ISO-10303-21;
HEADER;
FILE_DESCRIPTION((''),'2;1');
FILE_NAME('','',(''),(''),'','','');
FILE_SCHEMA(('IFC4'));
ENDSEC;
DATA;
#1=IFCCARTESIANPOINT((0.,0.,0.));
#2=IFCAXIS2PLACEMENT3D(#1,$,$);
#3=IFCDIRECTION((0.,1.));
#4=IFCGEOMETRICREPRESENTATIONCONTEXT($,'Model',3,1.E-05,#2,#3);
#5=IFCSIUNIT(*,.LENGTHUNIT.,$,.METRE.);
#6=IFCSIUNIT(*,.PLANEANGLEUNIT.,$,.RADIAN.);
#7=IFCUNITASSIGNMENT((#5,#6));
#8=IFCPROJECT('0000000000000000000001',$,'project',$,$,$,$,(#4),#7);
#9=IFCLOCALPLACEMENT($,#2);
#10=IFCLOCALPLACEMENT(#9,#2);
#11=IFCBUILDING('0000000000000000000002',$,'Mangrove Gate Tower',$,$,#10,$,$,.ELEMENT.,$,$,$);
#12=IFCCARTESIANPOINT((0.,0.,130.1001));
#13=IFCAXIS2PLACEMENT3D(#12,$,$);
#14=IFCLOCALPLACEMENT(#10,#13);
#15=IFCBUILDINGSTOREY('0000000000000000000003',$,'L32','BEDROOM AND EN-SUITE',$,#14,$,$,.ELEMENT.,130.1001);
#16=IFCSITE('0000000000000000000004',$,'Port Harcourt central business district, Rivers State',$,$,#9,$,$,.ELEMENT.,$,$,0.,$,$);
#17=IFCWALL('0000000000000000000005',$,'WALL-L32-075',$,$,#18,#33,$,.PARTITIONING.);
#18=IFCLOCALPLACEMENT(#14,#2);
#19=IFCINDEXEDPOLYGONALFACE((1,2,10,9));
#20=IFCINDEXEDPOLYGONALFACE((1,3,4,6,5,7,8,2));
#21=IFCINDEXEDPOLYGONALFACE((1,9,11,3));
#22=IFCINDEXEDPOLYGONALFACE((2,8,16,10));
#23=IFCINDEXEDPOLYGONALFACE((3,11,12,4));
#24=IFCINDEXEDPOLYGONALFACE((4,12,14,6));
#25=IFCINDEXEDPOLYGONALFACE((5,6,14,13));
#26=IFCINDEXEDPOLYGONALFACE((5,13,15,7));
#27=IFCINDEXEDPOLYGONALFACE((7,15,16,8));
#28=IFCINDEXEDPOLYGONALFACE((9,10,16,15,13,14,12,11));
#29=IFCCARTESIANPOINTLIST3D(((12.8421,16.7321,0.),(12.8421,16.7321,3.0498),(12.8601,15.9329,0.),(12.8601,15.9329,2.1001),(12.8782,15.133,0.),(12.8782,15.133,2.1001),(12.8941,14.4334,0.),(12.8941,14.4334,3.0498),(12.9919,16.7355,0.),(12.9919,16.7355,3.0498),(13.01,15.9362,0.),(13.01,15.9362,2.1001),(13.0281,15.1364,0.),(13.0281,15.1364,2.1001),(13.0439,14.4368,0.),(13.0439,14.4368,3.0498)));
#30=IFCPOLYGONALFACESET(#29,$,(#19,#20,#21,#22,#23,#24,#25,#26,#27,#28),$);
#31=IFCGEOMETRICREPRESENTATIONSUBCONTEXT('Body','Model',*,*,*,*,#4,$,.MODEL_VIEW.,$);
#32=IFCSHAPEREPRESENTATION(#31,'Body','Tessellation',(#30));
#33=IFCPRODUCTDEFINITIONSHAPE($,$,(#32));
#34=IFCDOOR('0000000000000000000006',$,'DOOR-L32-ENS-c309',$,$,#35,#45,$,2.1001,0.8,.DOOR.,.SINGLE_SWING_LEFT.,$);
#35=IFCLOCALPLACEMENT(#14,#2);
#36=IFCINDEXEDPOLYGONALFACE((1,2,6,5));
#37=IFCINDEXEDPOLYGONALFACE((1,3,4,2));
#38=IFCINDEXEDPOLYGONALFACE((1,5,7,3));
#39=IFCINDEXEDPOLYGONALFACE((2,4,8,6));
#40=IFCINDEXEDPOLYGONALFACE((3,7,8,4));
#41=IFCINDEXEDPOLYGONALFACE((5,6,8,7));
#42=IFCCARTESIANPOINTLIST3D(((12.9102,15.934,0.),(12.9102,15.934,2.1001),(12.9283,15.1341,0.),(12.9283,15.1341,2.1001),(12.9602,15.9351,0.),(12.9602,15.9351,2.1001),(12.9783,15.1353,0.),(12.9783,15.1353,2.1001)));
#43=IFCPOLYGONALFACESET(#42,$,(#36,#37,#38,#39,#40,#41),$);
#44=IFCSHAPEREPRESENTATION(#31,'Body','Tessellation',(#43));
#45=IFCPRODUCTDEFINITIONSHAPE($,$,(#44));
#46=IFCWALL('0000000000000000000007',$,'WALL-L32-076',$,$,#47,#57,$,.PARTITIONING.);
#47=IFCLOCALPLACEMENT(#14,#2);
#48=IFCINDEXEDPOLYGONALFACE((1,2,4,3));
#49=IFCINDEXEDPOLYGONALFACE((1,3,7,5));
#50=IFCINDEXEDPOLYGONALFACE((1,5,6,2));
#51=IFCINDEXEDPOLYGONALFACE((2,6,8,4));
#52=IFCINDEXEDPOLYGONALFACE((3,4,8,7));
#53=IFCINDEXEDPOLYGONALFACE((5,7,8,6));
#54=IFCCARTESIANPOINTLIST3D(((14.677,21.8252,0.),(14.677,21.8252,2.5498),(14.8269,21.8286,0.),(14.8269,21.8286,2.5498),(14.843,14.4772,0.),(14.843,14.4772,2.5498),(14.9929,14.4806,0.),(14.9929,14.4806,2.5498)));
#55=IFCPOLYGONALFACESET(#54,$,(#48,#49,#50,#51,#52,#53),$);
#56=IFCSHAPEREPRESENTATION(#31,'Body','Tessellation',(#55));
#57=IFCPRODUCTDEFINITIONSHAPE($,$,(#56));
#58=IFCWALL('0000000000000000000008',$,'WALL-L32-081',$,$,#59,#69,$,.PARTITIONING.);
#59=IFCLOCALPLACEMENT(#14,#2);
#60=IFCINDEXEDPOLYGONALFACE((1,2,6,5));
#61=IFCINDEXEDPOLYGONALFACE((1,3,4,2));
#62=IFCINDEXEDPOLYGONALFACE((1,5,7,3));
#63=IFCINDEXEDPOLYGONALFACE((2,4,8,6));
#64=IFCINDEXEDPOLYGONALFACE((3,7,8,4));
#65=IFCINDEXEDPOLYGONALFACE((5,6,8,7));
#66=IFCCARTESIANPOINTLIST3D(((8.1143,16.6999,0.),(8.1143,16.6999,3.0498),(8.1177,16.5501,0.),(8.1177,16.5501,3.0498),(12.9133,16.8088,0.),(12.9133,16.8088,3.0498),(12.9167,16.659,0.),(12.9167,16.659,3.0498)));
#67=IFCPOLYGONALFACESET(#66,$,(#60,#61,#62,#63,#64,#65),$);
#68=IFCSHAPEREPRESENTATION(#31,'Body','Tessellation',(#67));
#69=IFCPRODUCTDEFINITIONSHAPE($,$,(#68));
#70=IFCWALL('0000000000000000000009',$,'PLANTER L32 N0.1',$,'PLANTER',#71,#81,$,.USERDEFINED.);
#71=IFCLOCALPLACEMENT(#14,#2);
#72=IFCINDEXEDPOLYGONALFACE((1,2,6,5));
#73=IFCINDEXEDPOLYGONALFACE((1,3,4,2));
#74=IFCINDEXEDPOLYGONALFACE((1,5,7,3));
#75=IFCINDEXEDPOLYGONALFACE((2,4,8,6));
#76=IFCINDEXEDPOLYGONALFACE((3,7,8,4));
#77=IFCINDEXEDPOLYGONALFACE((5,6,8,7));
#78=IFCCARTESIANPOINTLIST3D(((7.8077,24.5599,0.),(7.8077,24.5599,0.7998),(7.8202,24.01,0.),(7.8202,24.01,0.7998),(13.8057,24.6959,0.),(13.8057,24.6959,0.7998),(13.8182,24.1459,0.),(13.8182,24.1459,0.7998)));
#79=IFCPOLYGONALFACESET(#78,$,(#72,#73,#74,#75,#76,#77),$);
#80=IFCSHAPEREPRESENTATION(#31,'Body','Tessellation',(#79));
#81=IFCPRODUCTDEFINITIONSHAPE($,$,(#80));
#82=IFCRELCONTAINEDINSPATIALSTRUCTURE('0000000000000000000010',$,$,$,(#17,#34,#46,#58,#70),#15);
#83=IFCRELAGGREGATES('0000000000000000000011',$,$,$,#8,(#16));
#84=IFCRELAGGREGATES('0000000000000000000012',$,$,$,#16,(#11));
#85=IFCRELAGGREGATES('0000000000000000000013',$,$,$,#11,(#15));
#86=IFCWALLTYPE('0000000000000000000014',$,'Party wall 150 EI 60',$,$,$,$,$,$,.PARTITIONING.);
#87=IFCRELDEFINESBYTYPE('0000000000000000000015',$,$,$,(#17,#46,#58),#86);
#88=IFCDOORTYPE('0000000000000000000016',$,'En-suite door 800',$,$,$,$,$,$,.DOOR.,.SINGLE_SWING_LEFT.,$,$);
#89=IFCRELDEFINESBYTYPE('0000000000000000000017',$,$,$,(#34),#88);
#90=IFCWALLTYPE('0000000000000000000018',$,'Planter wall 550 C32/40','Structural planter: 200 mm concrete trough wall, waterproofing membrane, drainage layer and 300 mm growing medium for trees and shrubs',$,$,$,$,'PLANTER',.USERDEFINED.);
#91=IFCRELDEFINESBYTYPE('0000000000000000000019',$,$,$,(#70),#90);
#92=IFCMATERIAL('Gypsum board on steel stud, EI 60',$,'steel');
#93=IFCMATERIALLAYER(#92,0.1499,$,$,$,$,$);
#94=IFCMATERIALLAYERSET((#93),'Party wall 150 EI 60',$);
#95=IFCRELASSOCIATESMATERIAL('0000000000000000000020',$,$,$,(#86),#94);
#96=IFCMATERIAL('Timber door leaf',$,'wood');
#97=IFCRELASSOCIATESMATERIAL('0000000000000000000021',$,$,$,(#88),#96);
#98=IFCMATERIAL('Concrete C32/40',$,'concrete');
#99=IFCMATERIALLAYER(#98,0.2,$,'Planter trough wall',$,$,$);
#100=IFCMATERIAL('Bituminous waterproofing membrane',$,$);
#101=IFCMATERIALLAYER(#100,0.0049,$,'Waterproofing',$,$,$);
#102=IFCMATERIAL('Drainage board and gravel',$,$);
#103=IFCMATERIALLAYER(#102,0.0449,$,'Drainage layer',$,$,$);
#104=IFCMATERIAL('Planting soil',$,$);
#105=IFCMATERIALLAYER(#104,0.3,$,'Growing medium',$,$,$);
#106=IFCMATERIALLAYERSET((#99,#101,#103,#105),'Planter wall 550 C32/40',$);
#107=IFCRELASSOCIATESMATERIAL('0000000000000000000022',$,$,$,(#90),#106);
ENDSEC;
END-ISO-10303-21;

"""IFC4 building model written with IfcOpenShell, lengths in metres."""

from ifc_helpers import new_model, si_unit, direction, frame, frame_2d, origin, place, context, subcontext, project, spatial, rectangle, extrude, material, layer, layer_set, type_object, element, fill, save


model = new_model("IFC4")

# Units and contexts
model_context = context("Model", 3, precision=1e-05, world=origin(), true_north=direction((0.0, 1.0)))
body_context = subcontext(model_context, "Body", "Model", "MODEL_VIEW")
ifc_project = project(units=[si_unit("LENGTHUNIT", "METRE"), si_unit("PLANEANGLEUNIT", "RADIAN")], contexts=[model_context])

# Site, building, storey
site_placement = place(None, origin())
site = spatial("IfcSite", under=ifc_project, at=site_placement, Name="Port Harcourt central business district, Rivers State", CompositionType="ELEMENT", RefElevation=0.0)
building_placement = place(site_placement, origin())
building = spatial("IfcBuilding", under=site, at=building_placement, Name="Mangrove Gate Tower", CompositionType="ELEMENT")
storey_placement = place(building_placement, frame((0.0, 0.0, 130.1001)))
storey = spatial("IfcBuildingStorey", under=building, at=storey_placement, Name="L32", Description="BEDROOM AND EN-SUITE", CompositionType="ELEMENT", Elevation=130.1001)

# Shared definitions
ifc_material_1 = material(Name="Bituminous waterproofing membrane")

# Shared definitions
ifc_material_2 = material(Name="Gypsum board on steel stud, EI 60", Category="steel")
ifc_layer_1 = layer(ifc_material_2, 0.1499)
ifc_layer_set_1 = layer_set([ifc_layer_1], Name="Party wall 150 EI 60")
wall_type_1 = type_object("IfcWallType", Name="Party wall 150 EI 60", PredefinedType="PARTITIONING", material=ifc_layer_set_1)

# Shared definitions
ifc_material_3 = material(Name="Timber door leaf", Category="wood")
door_type = type_object("IfcDoorType", Name="En-suite door 800", OperationType="SINGLE_SWING_LEFT", PredefinedType="DOOR", material=ifc_material_3)

# Wall, opening, door
wall_1_placement = place(storey_placement, frame((12.969, 14.4351, 0.0), z_axis=(0.0, 0.0, 1.0), x_axis=(-0.022615, 0.999744, 0.0)))
wall_1 = element("IfcWall", 1, at=wall_1_placement, inside=storey, type_object=wall_type_1, Name="WALL-L32-075", PredefinedType="PARTITIONING", context=body_context, shape_type="SweptSolid", body=[
    extrude(rectangle(XDim=2.2993, YDim=0.1499, at=frame_2d((1.1497, 0.0))), origin(), (0.0, 0.0, 1.0), 3.0498),
])
opening_1_placement = place(wall_1_placement, frame((0.7, 0.0, 0.0)))
opening_1 = element("IfcOpeningElement", 2, at=opening_1_placement, cuts=wall_1, PredefinedType="OPENING", context=body_context, shape_type="SweptSolid", body=[
    extrude(rectangle(XDim=0.8, YDim=2.1001, at=frame_2d((0.3999, 1.05))), frame((0.0, 0.085, 0.0), z_axis=(0.0, -1.0, 0.0), x_axis=(1.0, 0.0, 0.0)), (0.0, 0.0, 1.0), 0.1699),
])
door_1_placement = place(opening_1_placement, origin())
door_1 = element("IfcDoor", 3, at=door_1_placement, inside=storey, type_object=door_type, Name="DOOR-L32-ENS-c309", OperationType="SINGLE_SWING_LEFT", OverallHeight=2.1001, OverallWidth=0.8, PredefinedType="DOOR", context=body_context, shape_type="SweptSolid", body=[
    extrude(rectangle(XDim=0.8, YDim=2.1001, at=frame_2d((0.3999, 1.05))), frame((0.0, 0.0249, 0.0), z_axis=(0.0, -1.0, 0.0), x_axis=(1.0, 0.0, 0.0)), (0.0, 0.0, 1.0), 0.05),
])
fill(opening_1, door_1)

# Walls
wall_2_placement = place(storey_placement, frame((14.918, 14.479, 0.0), z_axis=(0.0, 0.0, 1.0), x_axis=(-0.022588, 0.999745, 0.0)))
element("IfcWall", 4, at=wall_2_placement, inside=storey, type_object=wall_type_1, Name="WALL-L32-076", PredefinedType="PARTITIONING", context=body_context, shape_type="SweptSolid", body=[
    extrude(rectangle(XDim=7.3499, YDim=0.1499, at=frame_2d((3.6748, 0.0))), origin(), (0.0, 0.0, 1.0), 2.5498),
])
wall_3_placement = place(storey_placement, frame((8.116, 16.625, 0.0), z_axis=(0.0, 0.0, 1.0), x_axis=(0.999743, 0.022683, 0.0)))
element("IfcWall", 5, at=wall_3_placement, inside=storey, type_object=wall_type_1, Name="WALL-L32-081", PredefinedType="PARTITIONING", context=body_context, shape_type="SweptSolid", body=[
    extrude(rectangle(XDim=4.8003, YDim=0.1499, at=frame_2d((2.4001, 0.0))), origin(), (0.0, 0.0, 1.0), 3.0498),
])
ifc_material_4 = material(Name="Concrete C32/40", Category="concrete")
ifc_layer_2 = layer(ifc_material_4, 0.2, Name="Planter trough wall")
ifc_layer_3 = layer(ifc_material_1, 0.0049, Name="Waterproofing")
ifc_material_5 = material(Name="Drainage board and gravel")
ifc_layer_4 = layer(ifc_material_5, 0.0449, Name="Drainage layer")
ifc_material_6 = material(Name="Planting soil")
ifc_layer_5 = layer(ifc_material_6, 0.3, Name="Growing medium")
ifc_layer_set_2 = layer_set([ifc_layer_2, ifc_layer_3, ifc_layer_4, ifc_layer_5], Name="Planter wall 550 C32/40")
wall_type_2 = type_object("IfcWallType", Name="Planter wall 550 C32/40", Description="Structural planter: 200 mm concrete trough wall, waterproofing membrane, drainage layer and 300 mm growing medium for trees and shrubs", ElementType="PLANTER", PredefinedType="USERDEFINED", material=ifc_layer_set_2)
wall_4_placement = place(storey_placement, frame((7.814, 24.2849, 0.0), z_axis=(0.0, 0.0, 1.0), x_axis=(0.999743, 0.022666, 0.0)))
element("IfcWall", 6, at=wall_4_placement, inside=storey, type_object=wall_type_2, Name="PLANTER L32 N0.1", ObjectType="PLANTER", PredefinedType="USERDEFINED", context=body_context, shape_type="SweptSolid", body=[
    extrude(rectangle(XDim=5.9995, YDim=0.55, at=frame_2d((2.9998, 0.0))), origin(), (0.0, 0.0, 1.0), 0.7998),
])

save(model, "model.ifc")
